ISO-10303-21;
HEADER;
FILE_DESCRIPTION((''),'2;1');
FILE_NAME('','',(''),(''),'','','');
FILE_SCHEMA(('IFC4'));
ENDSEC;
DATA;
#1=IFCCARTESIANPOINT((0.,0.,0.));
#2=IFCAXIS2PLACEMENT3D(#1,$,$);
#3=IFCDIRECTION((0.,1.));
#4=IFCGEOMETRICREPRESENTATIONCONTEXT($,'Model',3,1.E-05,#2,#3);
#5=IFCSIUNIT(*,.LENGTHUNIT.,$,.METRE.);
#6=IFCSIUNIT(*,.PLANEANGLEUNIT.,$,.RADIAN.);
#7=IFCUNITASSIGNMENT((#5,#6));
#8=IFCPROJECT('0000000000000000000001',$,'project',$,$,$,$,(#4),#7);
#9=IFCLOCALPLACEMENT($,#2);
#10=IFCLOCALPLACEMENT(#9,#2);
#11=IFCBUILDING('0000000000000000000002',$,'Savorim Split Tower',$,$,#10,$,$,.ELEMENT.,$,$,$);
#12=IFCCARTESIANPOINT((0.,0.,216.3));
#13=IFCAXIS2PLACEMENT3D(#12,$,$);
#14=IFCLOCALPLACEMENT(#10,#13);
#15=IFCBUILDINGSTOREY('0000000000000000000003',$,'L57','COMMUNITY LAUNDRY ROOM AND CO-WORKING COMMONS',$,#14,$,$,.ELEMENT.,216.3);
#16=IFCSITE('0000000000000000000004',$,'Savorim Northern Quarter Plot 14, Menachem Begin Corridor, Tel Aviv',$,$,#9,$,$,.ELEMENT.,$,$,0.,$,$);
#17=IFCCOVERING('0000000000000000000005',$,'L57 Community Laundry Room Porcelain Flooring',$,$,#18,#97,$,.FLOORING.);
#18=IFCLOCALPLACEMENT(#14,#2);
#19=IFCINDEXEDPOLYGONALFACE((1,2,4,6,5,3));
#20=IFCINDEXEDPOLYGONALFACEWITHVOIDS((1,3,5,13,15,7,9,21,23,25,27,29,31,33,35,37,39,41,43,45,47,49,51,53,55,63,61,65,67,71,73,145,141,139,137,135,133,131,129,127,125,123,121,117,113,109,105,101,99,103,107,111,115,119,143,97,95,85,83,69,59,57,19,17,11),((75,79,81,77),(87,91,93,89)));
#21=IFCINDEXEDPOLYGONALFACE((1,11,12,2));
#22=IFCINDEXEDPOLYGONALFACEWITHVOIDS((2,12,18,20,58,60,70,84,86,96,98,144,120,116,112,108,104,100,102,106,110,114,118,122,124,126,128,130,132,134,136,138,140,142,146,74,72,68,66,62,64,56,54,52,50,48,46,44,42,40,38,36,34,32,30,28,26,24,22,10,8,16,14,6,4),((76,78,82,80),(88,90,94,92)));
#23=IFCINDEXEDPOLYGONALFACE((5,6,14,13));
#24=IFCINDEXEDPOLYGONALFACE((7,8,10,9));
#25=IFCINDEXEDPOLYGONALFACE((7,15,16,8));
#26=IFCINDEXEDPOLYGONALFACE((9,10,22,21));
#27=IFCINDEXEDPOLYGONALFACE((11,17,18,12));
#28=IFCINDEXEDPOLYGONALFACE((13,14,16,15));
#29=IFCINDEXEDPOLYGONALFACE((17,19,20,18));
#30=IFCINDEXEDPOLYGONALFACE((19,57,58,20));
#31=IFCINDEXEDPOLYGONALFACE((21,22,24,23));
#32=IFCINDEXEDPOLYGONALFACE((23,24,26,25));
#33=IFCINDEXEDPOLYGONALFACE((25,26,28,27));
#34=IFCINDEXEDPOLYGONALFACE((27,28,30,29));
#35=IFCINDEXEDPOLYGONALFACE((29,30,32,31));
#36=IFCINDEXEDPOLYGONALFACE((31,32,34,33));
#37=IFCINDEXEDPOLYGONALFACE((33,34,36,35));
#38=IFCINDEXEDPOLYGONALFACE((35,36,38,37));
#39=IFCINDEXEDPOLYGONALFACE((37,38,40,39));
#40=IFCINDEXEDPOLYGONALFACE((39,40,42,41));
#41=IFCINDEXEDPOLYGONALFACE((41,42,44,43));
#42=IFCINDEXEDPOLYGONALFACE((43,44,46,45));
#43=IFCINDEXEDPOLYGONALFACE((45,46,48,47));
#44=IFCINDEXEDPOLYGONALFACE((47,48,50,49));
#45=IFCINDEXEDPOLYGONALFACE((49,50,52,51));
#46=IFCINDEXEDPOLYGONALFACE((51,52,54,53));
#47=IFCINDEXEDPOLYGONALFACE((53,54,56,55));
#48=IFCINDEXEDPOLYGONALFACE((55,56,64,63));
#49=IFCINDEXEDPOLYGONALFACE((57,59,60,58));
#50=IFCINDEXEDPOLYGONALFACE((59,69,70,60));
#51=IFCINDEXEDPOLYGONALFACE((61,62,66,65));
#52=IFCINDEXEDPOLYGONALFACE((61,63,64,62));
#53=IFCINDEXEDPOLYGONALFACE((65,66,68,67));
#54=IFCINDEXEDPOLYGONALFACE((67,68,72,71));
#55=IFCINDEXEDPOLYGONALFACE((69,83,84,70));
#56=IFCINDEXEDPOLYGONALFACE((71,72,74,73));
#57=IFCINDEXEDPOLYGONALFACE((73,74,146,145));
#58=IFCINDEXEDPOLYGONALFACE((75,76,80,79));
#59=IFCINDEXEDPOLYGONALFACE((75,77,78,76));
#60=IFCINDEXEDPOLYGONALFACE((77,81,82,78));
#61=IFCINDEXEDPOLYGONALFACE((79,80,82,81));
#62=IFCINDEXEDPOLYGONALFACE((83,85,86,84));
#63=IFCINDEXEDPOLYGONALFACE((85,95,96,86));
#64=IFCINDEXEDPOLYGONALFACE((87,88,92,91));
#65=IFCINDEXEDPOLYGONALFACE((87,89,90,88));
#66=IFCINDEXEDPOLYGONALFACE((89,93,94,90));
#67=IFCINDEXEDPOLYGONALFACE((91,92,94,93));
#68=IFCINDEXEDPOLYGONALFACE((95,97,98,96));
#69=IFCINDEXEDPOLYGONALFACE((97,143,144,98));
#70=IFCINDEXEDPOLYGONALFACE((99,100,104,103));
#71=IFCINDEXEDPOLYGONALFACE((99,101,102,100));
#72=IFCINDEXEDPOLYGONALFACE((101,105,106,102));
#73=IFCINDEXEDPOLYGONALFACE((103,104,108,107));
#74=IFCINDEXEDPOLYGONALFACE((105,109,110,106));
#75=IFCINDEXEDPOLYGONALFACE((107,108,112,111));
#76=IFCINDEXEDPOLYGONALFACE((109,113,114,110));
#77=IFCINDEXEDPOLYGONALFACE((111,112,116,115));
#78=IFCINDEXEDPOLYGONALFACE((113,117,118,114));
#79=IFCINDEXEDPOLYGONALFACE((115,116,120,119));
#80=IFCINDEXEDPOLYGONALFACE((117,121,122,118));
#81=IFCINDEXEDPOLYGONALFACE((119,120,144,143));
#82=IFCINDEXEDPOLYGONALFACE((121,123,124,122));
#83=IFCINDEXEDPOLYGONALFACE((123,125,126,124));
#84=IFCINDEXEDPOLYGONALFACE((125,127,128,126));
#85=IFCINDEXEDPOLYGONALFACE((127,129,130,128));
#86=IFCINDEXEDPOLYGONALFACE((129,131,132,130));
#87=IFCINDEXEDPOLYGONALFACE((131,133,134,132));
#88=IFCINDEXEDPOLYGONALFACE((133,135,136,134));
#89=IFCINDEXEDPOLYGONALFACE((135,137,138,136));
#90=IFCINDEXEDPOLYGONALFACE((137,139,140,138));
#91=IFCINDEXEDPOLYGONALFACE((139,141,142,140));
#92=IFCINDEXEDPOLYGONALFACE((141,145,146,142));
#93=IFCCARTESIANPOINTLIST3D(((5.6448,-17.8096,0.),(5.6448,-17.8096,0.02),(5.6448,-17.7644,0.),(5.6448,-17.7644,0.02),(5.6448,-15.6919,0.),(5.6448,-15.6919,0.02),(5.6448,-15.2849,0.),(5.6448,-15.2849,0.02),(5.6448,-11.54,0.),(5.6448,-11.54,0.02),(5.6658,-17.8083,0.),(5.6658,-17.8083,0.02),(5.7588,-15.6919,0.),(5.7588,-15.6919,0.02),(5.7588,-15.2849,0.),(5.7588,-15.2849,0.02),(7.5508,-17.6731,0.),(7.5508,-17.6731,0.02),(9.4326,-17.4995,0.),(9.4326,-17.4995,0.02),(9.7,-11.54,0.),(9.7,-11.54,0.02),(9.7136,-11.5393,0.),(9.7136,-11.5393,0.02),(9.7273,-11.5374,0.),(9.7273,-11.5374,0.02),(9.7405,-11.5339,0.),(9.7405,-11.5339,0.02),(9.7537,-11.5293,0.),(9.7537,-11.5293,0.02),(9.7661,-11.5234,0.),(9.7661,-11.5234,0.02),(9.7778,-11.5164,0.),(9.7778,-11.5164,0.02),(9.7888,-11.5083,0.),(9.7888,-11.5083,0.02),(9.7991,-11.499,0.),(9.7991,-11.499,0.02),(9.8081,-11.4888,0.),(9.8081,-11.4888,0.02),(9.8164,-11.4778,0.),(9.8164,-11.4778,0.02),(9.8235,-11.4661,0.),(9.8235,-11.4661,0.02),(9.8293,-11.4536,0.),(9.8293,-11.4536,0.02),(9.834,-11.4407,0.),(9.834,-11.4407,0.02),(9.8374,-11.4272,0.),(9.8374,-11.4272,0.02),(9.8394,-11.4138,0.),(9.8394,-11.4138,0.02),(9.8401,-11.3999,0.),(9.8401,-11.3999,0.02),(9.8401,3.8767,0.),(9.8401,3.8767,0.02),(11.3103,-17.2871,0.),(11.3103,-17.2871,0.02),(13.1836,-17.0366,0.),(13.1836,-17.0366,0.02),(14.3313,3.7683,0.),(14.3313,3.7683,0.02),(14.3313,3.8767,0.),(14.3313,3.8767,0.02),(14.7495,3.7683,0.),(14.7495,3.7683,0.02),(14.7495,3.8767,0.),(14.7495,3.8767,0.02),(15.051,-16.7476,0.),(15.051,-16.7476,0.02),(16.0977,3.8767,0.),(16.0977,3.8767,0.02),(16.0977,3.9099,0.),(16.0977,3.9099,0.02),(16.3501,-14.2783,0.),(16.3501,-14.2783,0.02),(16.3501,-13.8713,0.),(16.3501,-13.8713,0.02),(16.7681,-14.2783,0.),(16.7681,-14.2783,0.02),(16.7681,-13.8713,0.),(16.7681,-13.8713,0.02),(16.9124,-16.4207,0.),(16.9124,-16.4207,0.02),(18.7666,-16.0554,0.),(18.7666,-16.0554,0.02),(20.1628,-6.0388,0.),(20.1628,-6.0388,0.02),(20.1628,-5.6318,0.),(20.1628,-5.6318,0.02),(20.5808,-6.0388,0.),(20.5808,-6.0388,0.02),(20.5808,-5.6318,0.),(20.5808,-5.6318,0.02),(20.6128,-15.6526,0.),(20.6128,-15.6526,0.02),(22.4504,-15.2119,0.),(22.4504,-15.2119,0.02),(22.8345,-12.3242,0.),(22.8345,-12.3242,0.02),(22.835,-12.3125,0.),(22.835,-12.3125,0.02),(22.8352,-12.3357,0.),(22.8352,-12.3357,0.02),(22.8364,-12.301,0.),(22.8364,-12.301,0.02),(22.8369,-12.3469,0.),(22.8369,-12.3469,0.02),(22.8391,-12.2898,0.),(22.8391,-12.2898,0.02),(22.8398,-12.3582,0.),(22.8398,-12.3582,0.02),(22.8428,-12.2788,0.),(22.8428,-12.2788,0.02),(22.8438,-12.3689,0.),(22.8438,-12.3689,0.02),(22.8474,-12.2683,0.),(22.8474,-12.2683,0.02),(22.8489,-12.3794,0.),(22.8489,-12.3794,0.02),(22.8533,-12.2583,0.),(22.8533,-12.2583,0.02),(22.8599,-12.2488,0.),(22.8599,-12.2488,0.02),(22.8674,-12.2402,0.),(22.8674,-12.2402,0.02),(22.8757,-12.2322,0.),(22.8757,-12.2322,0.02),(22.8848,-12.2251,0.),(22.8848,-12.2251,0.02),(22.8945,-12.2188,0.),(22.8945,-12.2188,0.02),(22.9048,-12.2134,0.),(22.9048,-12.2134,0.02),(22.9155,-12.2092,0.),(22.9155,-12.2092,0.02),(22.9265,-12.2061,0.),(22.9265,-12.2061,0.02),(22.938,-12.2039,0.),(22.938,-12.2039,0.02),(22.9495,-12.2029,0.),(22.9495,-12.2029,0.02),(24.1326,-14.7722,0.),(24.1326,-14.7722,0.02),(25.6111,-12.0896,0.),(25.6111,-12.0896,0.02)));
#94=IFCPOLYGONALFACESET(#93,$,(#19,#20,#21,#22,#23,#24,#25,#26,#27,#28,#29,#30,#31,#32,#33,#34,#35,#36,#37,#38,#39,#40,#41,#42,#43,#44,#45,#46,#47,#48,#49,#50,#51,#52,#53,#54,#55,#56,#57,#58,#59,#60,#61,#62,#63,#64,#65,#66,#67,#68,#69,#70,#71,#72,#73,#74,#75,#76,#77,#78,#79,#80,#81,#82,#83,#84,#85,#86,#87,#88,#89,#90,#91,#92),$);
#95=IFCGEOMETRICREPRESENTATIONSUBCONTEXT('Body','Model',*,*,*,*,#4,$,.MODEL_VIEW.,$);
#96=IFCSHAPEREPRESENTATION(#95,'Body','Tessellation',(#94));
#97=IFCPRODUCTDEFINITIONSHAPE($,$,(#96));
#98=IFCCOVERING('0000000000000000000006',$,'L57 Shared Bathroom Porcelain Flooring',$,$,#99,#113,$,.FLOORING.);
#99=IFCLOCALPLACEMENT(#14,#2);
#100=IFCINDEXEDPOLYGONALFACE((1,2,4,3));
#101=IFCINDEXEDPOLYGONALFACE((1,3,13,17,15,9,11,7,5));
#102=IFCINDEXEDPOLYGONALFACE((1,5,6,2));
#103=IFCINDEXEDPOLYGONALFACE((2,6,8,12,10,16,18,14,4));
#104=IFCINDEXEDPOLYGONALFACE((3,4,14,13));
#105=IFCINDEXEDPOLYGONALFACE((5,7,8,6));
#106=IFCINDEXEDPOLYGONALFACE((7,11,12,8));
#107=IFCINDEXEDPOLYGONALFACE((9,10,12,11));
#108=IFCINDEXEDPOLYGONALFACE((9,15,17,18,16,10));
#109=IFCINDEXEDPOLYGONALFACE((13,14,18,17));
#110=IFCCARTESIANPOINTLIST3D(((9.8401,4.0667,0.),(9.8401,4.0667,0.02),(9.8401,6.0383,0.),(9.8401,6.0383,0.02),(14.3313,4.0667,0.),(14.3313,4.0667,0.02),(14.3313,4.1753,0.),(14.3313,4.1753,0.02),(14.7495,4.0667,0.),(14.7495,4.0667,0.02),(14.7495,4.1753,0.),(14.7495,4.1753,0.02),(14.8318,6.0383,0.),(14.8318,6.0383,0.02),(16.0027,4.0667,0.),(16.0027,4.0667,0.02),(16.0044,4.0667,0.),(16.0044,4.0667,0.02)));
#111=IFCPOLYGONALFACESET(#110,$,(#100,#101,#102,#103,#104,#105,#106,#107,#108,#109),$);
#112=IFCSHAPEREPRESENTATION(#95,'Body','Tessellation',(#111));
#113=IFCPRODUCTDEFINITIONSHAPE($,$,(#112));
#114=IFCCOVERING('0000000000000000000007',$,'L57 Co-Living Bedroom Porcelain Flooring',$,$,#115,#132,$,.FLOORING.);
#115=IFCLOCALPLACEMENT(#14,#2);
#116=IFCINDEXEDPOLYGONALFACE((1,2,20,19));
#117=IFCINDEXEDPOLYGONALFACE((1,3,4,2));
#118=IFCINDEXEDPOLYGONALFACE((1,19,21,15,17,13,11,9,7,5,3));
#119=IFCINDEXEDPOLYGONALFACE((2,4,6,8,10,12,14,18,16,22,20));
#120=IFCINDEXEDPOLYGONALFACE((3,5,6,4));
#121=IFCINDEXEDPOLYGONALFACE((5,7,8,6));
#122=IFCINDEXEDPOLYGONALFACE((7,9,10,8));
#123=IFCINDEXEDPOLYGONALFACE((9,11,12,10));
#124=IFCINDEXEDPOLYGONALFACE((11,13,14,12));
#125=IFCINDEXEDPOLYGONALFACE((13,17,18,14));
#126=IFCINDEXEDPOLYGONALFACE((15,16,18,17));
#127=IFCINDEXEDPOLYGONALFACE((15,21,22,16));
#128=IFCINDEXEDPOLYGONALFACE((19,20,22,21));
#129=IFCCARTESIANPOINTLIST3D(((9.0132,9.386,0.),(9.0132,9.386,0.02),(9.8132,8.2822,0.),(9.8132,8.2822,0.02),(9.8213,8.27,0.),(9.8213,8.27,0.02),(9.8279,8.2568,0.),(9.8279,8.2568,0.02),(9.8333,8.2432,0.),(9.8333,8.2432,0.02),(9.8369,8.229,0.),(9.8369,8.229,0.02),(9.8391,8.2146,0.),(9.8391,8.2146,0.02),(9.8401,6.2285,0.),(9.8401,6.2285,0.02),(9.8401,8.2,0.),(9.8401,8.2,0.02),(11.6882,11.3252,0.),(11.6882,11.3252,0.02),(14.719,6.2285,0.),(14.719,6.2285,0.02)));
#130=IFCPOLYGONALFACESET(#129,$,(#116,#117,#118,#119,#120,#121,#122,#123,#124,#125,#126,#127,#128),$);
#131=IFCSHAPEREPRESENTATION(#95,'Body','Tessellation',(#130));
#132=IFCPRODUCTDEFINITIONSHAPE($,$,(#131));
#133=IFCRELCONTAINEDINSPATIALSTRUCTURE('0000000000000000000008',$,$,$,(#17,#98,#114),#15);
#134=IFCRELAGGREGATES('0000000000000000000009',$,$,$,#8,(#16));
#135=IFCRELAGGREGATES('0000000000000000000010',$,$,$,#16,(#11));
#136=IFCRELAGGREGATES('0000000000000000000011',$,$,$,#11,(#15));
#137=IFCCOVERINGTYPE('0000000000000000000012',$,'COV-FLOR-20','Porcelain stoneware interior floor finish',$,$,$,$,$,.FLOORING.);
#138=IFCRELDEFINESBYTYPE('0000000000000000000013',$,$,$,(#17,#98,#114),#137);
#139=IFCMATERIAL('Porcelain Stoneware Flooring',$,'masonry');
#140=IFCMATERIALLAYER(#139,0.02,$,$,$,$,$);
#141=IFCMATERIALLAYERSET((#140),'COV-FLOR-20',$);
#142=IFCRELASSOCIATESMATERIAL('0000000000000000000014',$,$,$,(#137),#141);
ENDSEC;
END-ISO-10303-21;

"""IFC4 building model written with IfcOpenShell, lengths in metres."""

from ifc_helpers import new_model, si_unit, direction, frame, origin, place, context, subcontext, project, spatial, polyline, outline, extrude, material, layer, layer_set, type_object, element, save


model = new_model("IFC4")

# Units and contexts
model_context = context("Model", 3, precision=1e-05, world=origin(), true_north=direction((0.0, 1.0)))
body_context = subcontext(model_context, "Body", "Model", "MODEL_VIEW")
ifc_project = project(units=[si_unit("LENGTHUNIT", "METRE"), si_unit("PLANEANGLEUNIT", "RADIAN")], contexts=[model_context])

# Site, building, storey
site_placement = place(None, origin())
site = spatial("IfcSite", under=ifc_project, at=site_placement, Name="Savorim Northern Quarter Plot 14, Menachem Begin Corridor, Tel Aviv", CompositionType="ELEMENT", RefElevation=0.0)
building_placement = place(site_placement, origin())
building = spatial("IfcBuilding", under=site, at=building_placement, Name="Savorim Split Tower", CompositionType="ELEMENT")
storey_placement = place(building_placement, frame((0.0, 0.0, 216.3)))
storey = spatial("IfcBuildingStorey", under=building, at=storey_placement, Name="L57", Description="COMMUNITY LAUNDRY ROOM AND CO-WORKING COMMONS", CompositionType="ELEMENT", Elevation=216.3)

# Coverings
ifc_material_1 = material(Name="Porcelain Stoneware Flooring", Category="masonry")
ifc_layer_1 = layer(ifc_material_1, 0.02)
ifc_layer_set_1 = layer_set([ifc_layer_1], Name="COV-FLOR-20")
covering_type_1 = type_object("IfcCoveringType", Name="COV-FLOR-20", Description="Porcelain stoneware interior floor finish", PredefinedType="FLOORING", material=ifc_layer_set_1)
covering_1_placement = place(storey_placement, origin())
element("IfcCovering", 1, at=covering_1_placement, inside=storey, type_object=covering_type_1, Name="L57 Community Laundry Room Porcelain Flooring", PredefinedType="FLOORING", context=body_context, shape_type="SweptSolid", body=[
    extrude(outline(polyline([(22.9265, -12.2061), (22.938, -12.2039), (22.9495, -12.2029), (25.6111, -12.0896), (16.0977, 3.9099), (16.0977, 3.8767), (14.7495, 3.8767), (14.7495, 3.7683), (14.3313, 3.7683), (14.3313, 3.8767), (9.8401, 3.8767), (9.8401, -11.3999), (9.8394, -11.4138), (9.8374, -11.4272), (9.834, -11.4407), (9.8293, -11.4536), (9.8235, -11.4661), (9.8164, -11.4778), (9.8081, -11.4888), (9.7991, -11.499), (9.7888, -11.5083), (9.7778, -11.5164), (9.7661, -11.5234), (9.7537, -11.5293), (9.7405, -11.5339), (9.7273, -11.5374), (9.7136, -11.5393), (9.7, -11.54), (5.6448, -11.54), (5.6448, -15.2849), (5.7588, -15.2849), (5.7588, -15.6919), (5.6448, -15.6919), (5.6448, -17.7644), (5.6448, -17.8096), (5.6658, -17.8083), (7.5508, -17.6731), (9.4326, -17.4995), (11.3103, -17.2871), (13.1836, -17.0366), (15.051, -16.7476), (16.9124, -16.4207), (18.7666, -16.0554), (20.6128, -15.6526), (22.4504, -15.2119), (24.1326, -14.7722), (22.8489, -12.3794), (22.8438, -12.3689), (22.8398, -12.3582), (22.8369, -12.3469), (22.8352, -12.3357), (22.8345, -12.3242), (22.835, -12.3125), (22.8364, -12.301), (22.8391, -12.2898), (22.8428, -12.2788), (22.8474, -12.2683), (22.8533, -12.2583), (22.8599, -12.2488), (22.8674, -12.2402), (22.8757, -12.2322), (22.8848, -12.2251), (22.8945, -12.2188), (22.9048, -12.2134), (22.9155, -12.2092), (22.9265, -12.2061)]), holes=[polyline([(16.7681, -14.2783), (16.7681, -13.8713), (16.3501, -13.8713), (16.3501, -14.2783), (16.7681, -14.2783)]), polyline([(20.5808, -6.0388), (20.5808, -5.6318), (20.1628, -5.6318), (20.1628, -6.0388), (20.5808, -6.0388)])]), origin(), (0.0, 0.0, 1.0), 0.02),
])
covering_2_placement = place(storey_placement, origin())
element("IfcCovering", 2, at=covering_2_placement, inside=storey, type_object=covering_type_1, Name="L57 Shared Bathroom Porcelain Flooring", PredefinedType="FLOORING", context=body_context, shape_type="SweptSolid", body=[
    extrude(outline(polyline([(14.7495, 4.1753), (14.7495, 4.0667), (16.0027, 4.0667), (16.0044, 4.0667), (14.8318, 6.0383), (9.8401, 6.0383), (9.8401, 4.0667), (14.3313, 4.0667), (14.3313, 4.1753), (14.7495, 4.1753)])), origin(), (0.0, 0.0, 1.0), 0.02),
])
covering_3_placement = place(storey_placement, origin())
element("IfcCovering", 3, at=covering_3_placement, inside=storey, type_object=covering_type_1, Name="L57 Co-Living Bedroom Porcelain Flooring", PredefinedType="FLOORING", context=body_context, shape_type="SweptSolid", body=[
    extrude(outline(polyline([(9.8369, 8.229), (9.8391, 8.2146), (9.8401, 8.2), (9.8401, 6.2285), (14.719, 6.2285), (11.6882, 11.3252), (9.0132, 9.386), (9.8132, 8.2822), (9.8213, 8.27), (9.8279, 8.2568), (9.8333, 8.2432), (9.8369, 8.229)])), origin(), (0.0, 0.0, 1.0), 0.02),
])

save(model, "model.ifc")
